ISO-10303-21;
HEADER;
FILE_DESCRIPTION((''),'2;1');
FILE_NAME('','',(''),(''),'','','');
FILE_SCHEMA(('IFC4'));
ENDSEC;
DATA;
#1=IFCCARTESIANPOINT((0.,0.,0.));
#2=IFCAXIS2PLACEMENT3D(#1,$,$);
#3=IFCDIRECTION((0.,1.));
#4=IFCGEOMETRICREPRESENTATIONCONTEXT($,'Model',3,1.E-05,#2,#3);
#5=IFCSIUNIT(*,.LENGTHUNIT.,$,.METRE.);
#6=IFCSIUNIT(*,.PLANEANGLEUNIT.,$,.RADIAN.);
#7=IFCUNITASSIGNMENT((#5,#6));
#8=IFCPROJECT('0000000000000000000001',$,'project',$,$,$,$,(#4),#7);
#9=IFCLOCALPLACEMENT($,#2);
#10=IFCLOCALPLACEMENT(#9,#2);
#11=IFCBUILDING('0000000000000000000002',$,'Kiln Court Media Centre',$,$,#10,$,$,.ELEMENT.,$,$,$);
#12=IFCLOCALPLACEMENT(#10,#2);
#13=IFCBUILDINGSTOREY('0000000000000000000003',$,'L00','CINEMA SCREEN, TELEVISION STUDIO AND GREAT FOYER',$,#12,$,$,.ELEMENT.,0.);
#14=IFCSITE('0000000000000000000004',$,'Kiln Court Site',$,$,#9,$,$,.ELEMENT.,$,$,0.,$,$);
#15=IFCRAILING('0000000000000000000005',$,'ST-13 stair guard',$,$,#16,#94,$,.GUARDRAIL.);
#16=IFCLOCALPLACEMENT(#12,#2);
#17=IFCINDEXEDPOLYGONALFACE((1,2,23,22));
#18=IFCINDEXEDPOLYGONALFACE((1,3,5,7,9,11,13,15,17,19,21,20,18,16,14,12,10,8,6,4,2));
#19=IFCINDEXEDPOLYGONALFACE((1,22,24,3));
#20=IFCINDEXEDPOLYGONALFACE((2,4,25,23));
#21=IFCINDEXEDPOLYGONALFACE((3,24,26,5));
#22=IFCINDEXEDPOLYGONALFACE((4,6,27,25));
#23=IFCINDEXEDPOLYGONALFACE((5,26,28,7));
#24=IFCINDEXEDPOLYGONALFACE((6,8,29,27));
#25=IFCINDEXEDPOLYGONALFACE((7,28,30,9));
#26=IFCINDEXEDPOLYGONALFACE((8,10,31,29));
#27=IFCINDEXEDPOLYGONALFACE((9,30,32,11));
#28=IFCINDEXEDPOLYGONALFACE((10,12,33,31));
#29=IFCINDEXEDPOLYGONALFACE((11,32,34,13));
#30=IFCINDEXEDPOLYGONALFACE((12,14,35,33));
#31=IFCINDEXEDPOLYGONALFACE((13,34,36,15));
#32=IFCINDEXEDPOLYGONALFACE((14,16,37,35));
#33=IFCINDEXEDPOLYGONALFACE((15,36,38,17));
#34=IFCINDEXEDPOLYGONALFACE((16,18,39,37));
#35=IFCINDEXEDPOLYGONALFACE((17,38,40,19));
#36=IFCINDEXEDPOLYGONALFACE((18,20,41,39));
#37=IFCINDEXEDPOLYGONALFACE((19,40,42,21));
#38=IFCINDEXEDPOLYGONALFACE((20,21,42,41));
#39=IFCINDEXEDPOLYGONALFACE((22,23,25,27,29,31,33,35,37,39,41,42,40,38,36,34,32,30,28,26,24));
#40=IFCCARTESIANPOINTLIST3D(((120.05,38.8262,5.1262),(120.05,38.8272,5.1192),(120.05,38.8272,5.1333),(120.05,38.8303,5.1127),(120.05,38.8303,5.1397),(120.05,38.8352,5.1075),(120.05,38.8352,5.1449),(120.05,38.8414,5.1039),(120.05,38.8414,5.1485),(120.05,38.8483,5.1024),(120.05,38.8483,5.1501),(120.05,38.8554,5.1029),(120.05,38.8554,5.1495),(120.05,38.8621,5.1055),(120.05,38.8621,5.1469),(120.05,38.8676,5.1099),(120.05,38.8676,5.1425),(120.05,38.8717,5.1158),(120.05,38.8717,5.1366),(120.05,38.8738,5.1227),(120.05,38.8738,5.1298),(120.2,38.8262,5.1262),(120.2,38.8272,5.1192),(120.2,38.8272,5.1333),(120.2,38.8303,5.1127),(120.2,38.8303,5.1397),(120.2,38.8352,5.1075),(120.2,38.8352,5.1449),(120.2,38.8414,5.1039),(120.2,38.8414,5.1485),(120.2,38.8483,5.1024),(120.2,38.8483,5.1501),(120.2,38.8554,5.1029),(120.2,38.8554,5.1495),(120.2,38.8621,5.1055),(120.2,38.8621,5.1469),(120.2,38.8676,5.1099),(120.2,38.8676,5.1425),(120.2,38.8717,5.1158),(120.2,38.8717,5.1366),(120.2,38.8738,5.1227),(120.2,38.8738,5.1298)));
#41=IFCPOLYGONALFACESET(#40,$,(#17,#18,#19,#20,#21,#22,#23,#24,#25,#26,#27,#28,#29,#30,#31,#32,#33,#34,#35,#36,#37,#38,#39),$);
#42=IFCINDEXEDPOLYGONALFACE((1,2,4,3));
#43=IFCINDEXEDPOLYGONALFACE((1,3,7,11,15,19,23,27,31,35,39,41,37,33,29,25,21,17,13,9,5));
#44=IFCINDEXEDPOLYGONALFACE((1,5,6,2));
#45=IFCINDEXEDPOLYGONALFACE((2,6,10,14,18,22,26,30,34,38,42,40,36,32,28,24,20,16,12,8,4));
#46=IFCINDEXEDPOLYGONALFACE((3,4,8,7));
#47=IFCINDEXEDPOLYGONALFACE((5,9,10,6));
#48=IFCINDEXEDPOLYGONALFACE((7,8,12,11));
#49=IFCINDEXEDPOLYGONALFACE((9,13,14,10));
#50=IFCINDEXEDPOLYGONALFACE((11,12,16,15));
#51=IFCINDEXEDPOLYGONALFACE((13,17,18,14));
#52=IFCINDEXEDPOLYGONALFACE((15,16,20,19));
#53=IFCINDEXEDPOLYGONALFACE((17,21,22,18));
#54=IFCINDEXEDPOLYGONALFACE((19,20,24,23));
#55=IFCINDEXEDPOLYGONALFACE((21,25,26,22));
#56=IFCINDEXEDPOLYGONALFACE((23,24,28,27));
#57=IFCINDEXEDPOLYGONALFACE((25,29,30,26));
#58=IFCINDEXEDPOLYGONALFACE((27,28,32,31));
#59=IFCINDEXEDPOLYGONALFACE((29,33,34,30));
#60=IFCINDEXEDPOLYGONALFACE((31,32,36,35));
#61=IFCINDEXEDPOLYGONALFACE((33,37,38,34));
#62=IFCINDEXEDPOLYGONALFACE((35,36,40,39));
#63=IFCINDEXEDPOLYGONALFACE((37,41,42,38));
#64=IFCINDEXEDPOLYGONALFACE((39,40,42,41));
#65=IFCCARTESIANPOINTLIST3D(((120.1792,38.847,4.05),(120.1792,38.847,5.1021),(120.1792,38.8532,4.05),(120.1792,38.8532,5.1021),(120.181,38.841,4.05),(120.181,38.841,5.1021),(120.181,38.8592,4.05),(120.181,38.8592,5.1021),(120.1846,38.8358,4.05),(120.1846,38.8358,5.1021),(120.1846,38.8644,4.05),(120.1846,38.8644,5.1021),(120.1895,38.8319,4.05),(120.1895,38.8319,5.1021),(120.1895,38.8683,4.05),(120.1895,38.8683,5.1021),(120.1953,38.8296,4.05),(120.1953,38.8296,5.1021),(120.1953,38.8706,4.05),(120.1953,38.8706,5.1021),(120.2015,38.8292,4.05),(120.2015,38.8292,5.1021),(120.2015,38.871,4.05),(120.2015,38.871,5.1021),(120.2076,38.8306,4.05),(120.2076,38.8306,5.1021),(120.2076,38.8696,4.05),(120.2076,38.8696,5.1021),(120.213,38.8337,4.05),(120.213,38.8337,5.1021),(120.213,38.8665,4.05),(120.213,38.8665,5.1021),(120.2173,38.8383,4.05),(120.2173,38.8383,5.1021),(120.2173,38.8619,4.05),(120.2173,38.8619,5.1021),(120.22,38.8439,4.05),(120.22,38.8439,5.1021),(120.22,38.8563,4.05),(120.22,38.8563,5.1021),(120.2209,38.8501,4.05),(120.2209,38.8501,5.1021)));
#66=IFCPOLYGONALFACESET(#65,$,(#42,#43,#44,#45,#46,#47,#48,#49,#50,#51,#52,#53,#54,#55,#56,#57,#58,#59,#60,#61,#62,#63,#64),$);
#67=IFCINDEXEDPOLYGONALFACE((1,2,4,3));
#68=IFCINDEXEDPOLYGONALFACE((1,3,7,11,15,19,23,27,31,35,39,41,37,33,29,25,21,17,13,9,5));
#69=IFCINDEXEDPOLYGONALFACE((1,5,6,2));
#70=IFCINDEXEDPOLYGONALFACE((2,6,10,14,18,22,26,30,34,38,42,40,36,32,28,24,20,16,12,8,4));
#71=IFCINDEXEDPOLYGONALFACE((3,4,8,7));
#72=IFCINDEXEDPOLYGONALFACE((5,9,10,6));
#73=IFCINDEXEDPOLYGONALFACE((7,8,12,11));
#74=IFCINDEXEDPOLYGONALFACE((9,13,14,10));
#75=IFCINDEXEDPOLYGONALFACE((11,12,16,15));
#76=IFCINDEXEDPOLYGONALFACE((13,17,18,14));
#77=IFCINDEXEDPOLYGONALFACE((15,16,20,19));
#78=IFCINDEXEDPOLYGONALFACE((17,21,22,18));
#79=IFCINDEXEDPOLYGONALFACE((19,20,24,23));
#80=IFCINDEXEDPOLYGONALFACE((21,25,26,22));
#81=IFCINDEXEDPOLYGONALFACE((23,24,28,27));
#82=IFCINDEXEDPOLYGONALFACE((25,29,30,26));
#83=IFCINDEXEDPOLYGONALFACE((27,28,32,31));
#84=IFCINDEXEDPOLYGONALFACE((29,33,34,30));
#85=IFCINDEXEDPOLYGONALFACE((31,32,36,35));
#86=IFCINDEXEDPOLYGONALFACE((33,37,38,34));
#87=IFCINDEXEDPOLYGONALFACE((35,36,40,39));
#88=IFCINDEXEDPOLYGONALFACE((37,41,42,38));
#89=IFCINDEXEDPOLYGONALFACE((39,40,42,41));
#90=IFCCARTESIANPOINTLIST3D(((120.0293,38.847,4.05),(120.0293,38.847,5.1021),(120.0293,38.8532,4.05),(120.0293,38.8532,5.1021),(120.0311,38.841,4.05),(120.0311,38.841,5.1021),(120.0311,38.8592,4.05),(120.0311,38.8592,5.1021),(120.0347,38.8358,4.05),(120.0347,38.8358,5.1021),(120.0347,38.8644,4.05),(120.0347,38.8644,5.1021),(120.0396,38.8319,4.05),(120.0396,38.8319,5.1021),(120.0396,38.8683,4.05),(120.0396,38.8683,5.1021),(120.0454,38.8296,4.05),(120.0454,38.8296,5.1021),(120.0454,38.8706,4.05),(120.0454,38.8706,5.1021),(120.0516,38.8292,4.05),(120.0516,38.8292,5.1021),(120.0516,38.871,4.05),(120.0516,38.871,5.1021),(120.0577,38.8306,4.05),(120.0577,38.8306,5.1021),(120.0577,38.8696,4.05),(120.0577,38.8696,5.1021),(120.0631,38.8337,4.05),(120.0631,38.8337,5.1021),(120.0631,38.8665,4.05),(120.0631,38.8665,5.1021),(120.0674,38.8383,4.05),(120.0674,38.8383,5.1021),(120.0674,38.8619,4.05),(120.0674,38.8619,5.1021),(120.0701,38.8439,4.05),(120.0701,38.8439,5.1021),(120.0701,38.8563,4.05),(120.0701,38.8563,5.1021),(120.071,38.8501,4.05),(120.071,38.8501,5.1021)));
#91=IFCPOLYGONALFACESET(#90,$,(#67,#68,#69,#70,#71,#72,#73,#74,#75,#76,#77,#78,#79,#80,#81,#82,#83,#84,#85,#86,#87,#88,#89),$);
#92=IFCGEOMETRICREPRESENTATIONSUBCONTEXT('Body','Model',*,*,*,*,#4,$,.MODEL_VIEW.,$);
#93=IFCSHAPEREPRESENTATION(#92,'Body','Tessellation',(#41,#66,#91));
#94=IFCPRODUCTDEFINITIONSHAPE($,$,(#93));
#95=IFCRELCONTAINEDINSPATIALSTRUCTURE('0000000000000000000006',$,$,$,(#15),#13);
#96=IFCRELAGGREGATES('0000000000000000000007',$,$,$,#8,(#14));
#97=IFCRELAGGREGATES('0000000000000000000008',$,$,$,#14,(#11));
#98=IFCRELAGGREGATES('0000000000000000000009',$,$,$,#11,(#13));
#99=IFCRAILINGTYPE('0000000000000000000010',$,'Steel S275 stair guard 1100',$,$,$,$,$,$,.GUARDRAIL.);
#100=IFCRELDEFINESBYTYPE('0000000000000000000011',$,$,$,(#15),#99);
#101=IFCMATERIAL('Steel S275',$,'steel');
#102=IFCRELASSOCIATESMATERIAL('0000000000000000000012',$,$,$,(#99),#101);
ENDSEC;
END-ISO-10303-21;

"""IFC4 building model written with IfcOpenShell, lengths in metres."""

from ifc_helpers import new_model, si_unit, direction, frame, origin, origin_2d, place, context, subcontext, project, spatial, circle, extrude, material, type_object, element, save


model = new_model("IFC4")

# Units and contexts
model_context = context("Model", 3, precision=1e-05, world=origin(), true_north=direction((0.0, 1.0)))
body_context = subcontext(model_context, "Body", "Model", "MODEL_VIEW")
ifc_project = project(units=[si_unit("LENGTHUNIT", "METRE"), si_unit("PLANEANGLEUNIT", "RADIAN")], contexts=[model_context])

# Site, building, storey
site_placement = place(None, origin())
site = spatial("IfcSite", under=ifc_project, at=site_placement, Name="Kiln Court Site", CompositionType="ELEMENT", RefElevation=0.0)
building_placement = place(site_placement, origin())
building = spatial("IfcBuilding", under=site, at=building_placement, Name="Kiln Court Media Centre", CompositionType="ELEMENT")
storey_placement = place(building_placement, origin())
storey = spatial("IfcBuildingStorey", under=building, at=storey_placement, Name="L00", Description="CINEMA SCREEN, TELEVISION STUDIO AND GREAT FOYER", CompositionType="ELEMENT", Elevation=0.0)

# Railing
ifc_material_1 = material(Name="Steel S275", Category="steel")
railing_type_1 = type_object("IfcRailingType", Name="Steel S275 stair guard 1100", PredefinedType="GUARDRAIL", material=ifc_material_1)
railing_1_placement = place(storey_placement, frame((120.2, 38.8501, 4.05)))
element("IfcRailing", 1, at=railing_1_placement, inside=storey, type_object=railing_type_1, Name="ST-13 stair guard", PredefinedType="GUARDRAIL", context=body_context, shape_type="SweptSolid", body=[
    extrude(circle(Radius=0.0239, at=origin_2d()), frame((0.0, 0.0, 1.0762), z_axis=(-1.0, 0.0, 0.0), x_axis=(0.0, -1.0, 0.0)), (0.0, 0.0, 1.0), 0.1499),
    extrude(circle(Radius=0.021, at=origin_2d()), origin(), (0.0, 0.0, 1.0), 1.052),
    extrude(circle(Radius=0.021, at=origin_2d()), frame((-0.1499, 0.0, 0.0)), (0.0, 0.0, 1.0), 1.052),
])

save(model, "model.ifc")
